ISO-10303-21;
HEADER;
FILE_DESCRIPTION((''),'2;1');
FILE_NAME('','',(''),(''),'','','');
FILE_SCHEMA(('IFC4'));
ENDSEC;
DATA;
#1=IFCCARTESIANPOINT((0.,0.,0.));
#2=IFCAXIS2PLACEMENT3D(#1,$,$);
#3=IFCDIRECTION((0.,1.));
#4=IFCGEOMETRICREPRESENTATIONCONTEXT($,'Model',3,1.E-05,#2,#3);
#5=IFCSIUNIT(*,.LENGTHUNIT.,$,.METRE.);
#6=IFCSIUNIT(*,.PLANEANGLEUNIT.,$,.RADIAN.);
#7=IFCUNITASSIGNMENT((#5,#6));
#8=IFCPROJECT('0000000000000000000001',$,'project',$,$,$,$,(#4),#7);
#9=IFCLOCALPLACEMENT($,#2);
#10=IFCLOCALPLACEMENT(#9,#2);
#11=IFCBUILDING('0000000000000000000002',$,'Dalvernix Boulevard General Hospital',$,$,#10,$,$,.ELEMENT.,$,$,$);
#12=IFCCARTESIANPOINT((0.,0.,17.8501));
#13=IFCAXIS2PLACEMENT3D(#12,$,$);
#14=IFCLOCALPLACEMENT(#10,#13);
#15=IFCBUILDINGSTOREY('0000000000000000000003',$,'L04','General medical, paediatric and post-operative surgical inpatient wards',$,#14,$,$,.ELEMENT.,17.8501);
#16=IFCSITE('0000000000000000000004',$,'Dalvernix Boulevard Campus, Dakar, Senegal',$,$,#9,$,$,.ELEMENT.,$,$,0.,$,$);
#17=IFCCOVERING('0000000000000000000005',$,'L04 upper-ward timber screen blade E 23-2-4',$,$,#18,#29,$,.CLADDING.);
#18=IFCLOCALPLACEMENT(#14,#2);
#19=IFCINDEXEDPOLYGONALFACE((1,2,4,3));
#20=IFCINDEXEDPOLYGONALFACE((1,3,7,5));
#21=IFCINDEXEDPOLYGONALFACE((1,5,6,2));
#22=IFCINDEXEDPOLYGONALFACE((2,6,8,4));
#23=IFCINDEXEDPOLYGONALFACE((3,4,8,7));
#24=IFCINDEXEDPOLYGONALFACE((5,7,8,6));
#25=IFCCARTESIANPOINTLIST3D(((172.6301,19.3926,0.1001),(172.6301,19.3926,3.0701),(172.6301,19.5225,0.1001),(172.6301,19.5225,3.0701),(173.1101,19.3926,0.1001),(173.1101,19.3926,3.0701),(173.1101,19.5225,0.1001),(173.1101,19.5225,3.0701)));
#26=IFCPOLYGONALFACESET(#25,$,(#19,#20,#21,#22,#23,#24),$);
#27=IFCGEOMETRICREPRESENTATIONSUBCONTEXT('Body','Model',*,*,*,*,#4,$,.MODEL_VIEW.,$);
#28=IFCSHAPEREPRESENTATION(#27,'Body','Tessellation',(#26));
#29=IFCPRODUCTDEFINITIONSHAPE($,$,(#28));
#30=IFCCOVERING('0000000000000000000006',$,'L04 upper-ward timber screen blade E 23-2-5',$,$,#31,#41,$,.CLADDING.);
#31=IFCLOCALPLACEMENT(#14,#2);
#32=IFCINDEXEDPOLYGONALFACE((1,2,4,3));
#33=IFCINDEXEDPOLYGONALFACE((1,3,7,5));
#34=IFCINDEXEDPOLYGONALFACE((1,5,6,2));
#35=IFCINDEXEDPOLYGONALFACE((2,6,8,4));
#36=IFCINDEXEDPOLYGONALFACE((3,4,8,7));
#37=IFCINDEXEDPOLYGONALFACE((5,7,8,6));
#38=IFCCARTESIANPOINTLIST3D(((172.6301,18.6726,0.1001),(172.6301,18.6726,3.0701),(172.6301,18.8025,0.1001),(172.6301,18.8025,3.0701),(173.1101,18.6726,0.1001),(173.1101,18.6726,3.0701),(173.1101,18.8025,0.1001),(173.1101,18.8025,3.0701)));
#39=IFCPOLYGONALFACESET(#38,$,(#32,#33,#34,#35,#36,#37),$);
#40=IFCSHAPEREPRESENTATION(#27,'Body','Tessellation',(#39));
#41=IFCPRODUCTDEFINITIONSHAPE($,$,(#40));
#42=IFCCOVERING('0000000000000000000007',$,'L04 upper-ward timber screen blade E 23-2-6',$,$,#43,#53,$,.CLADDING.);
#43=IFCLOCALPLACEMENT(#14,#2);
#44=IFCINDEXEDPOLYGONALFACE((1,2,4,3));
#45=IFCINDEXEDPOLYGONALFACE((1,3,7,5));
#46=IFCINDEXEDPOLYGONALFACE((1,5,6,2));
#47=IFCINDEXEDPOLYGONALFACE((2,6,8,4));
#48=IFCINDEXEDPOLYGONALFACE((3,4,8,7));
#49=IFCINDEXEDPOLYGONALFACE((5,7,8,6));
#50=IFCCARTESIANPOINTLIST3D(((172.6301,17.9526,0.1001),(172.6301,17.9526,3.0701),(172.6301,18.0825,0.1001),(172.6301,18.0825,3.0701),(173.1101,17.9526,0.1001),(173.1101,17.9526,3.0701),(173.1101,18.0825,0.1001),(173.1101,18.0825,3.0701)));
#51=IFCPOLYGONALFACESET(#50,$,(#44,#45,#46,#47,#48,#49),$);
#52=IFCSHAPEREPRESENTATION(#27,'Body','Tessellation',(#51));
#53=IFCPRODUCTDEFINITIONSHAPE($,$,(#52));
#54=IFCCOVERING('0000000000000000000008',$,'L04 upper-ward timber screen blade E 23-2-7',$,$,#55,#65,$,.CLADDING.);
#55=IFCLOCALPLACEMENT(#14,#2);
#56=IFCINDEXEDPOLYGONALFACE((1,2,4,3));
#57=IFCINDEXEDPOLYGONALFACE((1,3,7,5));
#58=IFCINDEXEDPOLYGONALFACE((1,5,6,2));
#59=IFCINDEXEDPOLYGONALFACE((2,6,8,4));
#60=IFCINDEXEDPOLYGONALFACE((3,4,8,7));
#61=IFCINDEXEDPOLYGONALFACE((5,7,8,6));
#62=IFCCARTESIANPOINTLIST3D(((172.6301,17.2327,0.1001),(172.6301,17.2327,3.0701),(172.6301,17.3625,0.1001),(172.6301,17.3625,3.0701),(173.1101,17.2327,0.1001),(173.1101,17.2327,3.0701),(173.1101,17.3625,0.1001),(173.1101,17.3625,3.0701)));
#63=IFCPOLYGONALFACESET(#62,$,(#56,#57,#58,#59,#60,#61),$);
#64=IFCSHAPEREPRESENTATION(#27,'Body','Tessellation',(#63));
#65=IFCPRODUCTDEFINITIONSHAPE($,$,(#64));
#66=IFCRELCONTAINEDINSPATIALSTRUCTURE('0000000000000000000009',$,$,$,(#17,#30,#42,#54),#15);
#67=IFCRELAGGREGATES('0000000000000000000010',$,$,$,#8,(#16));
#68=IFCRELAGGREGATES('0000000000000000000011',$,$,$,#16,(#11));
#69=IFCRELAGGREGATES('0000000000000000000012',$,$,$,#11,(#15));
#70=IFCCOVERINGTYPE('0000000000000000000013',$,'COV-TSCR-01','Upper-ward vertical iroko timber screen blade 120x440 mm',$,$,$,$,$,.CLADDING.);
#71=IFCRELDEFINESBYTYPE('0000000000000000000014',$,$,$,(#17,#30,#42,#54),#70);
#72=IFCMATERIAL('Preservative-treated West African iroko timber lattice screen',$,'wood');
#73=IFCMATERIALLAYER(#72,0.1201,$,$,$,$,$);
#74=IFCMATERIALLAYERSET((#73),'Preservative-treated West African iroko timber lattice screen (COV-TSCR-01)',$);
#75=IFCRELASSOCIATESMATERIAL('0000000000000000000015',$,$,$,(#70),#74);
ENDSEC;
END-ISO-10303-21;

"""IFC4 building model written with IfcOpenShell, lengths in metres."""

from ifc_helpers import new_model, si_unit, direction, frame, origin, origin_2d, place, context, subcontext, project, spatial, rectangle, extrude, material, layer, layer_set, type_object, element, save


model = new_model("IFC4")

# Units and contexts
model_context = context("Model", 3, precision=1e-05, world=origin(), true_north=direction((0.0, 1.0)))
body_context = subcontext(model_context, "Body", "Model", "MODEL_VIEW")
ifc_project = project(units=[si_unit("LENGTHUNIT", "METRE"), si_unit("PLANEANGLEUNIT", "RADIAN")], contexts=[model_context])

# Site, building, storey
site_placement = place(None, origin())
site = spatial("IfcSite", under=ifc_project, at=site_placement, Name="Dalvernix Boulevard Campus, Dakar, Senegal", CompositionType="ELEMENT", RefElevation=0.0)
building_placement = place(site_placement, origin())
building = spatial("IfcBuilding", under=site, at=building_placement, Name="Dalvernix Boulevard General Hospital", CompositionType="ELEMENT")
storey_placement = place(building_placement, frame((0.0, 0.0, 17.8501)))
storey = spatial("IfcBuildingStorey", under=building, at=storey_placement, Name="L04", Description="General medical, paediatric and post-operative surgical inpatient wards", CompositionType="ELEMENT", Elevation=17.8501)

# Coverings
ifc_material_1 = material(Name="Preservative-treated West African iroko timber lattice screen", Category="wood")
ifc_layer_1 = layer(ifc_material_1, 0.1201)
ifc_layer_set_1 = layer_set([ifc_layer_1], Name="Preservative-treated West African iroko timber lattice screen (COV-TSCR-01)")
covering_type_1 = type_object("IfcCoveringType", Name="COV-TSCR-01", Description="Upper-ward vertical iroko timber screen blade 120x440 mm", PredefinedType="CLADDING", material=ifc_layer_set_1)
for number, where, z_axis, x_axis, name in (
    (1, (172.8701, 19.4575, 0.1001), (0.0, 0.0, 1.0), (0.0, -1.0, 0.0), "L04 upper-ward timber screen blade E 23-2-4"),
    (2, (172.8701, 18.7375, 0.1001), (0.0, 0.0, 1.0), (0.0, -1.0, 0.0), "L04 upper-ward timber screen blade E 23-2-5"),
    (3, (172.8701, 18.0176, 0.1001), (0.0, 0.0, 1.0), (0.0, -1.0, 0.0), "L04 upper-ward timber screen blade E 23-2-6"),
    (4, (172.8701, 17.2976, 0.1001), (0.0, 0.0, 1.0), (0.0, -1.0, 0.0), "L04 upper-ward timber screen blade E 23-2-7"),
):
    element("IfcCovering", number, at=place(storey_placement, frame(where, z_axis=z_axis, x_axis=x_axis)), inside=storey, type_object=covering_type_1, Name=name, PredefinedType="CLADDING", context=body_context, shape_type="SweptSolid", body=[
        extrude(rectangle(XDim=0.1299, YDim=0.48, at=origin_2d()), origin(), (0.0, 0.0, 1.0), 2.97),
    ])

save(model, "model.ifc")
